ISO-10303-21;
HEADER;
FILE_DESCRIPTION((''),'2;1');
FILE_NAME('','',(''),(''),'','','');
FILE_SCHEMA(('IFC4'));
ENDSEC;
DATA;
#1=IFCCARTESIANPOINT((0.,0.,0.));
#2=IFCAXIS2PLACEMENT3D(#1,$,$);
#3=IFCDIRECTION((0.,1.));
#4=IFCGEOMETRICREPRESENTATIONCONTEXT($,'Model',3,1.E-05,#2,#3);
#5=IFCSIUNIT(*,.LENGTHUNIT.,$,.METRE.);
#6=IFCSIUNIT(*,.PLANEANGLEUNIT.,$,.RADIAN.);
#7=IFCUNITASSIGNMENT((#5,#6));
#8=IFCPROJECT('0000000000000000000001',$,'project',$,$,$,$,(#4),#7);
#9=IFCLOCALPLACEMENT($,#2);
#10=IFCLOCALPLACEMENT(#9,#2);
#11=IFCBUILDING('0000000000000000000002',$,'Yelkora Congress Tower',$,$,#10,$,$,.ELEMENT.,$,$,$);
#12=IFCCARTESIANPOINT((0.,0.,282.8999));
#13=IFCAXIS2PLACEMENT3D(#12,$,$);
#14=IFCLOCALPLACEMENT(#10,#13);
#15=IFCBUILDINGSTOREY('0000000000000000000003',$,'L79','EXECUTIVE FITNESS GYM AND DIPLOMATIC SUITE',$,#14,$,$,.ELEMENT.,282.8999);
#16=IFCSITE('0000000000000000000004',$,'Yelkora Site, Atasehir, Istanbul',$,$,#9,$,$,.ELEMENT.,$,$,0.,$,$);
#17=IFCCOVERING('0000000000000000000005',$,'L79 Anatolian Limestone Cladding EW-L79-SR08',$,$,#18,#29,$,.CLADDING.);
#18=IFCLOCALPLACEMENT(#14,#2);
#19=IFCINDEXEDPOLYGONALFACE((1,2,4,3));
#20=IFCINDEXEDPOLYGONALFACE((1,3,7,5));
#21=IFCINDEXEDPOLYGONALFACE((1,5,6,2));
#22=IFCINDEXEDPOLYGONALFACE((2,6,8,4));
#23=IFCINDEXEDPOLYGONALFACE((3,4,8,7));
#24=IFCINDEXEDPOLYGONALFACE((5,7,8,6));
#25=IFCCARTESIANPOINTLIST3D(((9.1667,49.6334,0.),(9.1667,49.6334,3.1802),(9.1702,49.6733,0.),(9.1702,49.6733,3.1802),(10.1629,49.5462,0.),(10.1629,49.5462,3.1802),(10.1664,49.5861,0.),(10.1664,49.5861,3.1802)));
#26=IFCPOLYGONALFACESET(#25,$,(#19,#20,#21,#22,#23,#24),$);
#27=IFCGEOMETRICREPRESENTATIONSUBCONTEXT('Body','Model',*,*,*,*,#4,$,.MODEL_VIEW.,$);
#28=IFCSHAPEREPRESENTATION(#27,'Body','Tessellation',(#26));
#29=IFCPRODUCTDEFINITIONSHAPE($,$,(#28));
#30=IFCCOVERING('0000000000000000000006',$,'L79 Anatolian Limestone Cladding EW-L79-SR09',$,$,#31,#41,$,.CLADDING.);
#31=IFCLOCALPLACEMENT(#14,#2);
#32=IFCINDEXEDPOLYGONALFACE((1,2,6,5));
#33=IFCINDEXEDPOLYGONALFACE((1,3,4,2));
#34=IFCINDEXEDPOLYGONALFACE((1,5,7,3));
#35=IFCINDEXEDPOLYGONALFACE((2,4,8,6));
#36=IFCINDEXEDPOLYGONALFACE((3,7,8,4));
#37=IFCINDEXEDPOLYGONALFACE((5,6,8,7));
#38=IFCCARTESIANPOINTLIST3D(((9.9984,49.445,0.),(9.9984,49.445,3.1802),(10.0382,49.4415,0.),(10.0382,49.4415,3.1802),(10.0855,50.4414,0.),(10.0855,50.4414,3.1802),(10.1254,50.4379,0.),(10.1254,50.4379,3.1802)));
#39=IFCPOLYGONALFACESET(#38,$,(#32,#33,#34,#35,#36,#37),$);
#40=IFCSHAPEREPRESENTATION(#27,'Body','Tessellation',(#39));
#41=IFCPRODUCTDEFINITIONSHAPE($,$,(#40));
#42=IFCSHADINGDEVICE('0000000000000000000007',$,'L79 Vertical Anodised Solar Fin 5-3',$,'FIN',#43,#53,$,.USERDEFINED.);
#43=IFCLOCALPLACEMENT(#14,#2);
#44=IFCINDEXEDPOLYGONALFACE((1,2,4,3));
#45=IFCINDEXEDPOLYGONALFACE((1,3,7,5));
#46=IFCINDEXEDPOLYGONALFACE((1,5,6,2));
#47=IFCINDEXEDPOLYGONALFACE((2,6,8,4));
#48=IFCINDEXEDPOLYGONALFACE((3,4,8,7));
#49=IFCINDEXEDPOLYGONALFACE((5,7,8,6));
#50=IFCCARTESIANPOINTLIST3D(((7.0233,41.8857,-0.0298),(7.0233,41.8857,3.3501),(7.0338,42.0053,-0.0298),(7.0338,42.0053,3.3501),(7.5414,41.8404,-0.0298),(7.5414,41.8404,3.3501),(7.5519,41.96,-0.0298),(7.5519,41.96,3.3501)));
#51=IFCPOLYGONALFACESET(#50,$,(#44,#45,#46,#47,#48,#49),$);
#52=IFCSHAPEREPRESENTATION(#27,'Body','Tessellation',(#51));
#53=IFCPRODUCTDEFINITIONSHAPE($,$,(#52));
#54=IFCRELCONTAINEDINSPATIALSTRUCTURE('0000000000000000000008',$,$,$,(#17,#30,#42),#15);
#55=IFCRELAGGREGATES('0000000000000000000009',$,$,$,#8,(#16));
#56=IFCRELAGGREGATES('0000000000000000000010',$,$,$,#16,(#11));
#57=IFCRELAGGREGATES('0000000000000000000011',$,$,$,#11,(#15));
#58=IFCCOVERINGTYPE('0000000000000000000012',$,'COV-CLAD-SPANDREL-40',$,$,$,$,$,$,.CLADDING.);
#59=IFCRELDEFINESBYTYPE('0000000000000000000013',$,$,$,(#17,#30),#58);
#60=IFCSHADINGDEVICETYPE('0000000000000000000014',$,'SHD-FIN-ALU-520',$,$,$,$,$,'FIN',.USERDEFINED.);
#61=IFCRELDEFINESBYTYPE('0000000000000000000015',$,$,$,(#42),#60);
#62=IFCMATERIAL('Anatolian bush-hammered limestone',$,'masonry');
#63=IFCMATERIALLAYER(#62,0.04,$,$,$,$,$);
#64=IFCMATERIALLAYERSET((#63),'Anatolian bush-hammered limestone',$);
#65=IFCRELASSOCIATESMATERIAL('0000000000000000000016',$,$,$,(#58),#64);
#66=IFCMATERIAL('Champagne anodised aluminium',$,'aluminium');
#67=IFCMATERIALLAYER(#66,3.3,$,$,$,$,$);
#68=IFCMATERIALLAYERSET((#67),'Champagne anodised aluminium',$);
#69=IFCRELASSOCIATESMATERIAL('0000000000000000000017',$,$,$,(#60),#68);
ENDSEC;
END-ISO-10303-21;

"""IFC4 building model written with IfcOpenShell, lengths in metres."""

from ifc_helpers import new_model, si_unit, direction, frame, frame_2d, origin, origin_2d, place, context, subcontext, project, spatial, rectangle, extrude, material, layer, layer_set, type_object, element, save


model = new_model("IFC4")

# Units and contexts
model_context = context("Model", 3, precision=1e-05, world=origin(), true_north=direction((0.0, 1.0)))
body_context = subcontext(model_context, "Body", "Model", "MODEL_VIEW")
ifc_project = project(units=[si_unit("LENGTHUNIT", "METRE"), si_unit("PLANEANGLEUNIT", "RADIAN")], contexts=[model_context])

# Site, building, storey
site_placement = place(None, origin())
site = spatial("IfcSite", under=ifc_project, at=site_placement, Name="Yelkora Site, Atasehir, Istanbul", CompositionType="ELEMENT", RefElevation=0.0)
building_placement = place(site_placement, origin())
building = spatial("IfcBuilding", under=site, at=building_placement, Name="Yelkora Congress Tower", CompositionType="ELEMENT")
storey_placement = place(building_placement, frame((0.0, 0.0, 282.8999)))
storey = spatial("IfcBuildingStorey", under=building, at=storey_placement, Name="L79", Description="EXECUTIVE FITNESS GYM AND DIPLOMATIC SUITE", CompositionType="ELEMENT", Elevation=282.8999)

# Coverings
ifc_material_1 = material(Name="Anatolian bush-hammered limestone", Category="masonry")
ifc_layer_1 = layer(ifc_material_1, 0.04)
ifc_layer_set_1 = layer_set([ifc_layer_1], Name="Anatolian bush-hammered limestone")
covering_type = type_object("IfcCoveringType", Name="COV-CLAD-SPANDREL-40", PredefinedType="CLADDING", material=ifc_layer_set_1)
covering_1_placement = place(storey_placement, frame((9.1685, 49.6533, 0.0), z_axis=(0.0, 0.0, 1.0), x_axis=(0.996194, -0.087167, 0.0)))
element("IfcCovering", 1, at=covering_1_placement, inside=storey, type_object=covering_type, Name="L79 Anatolian Limestone Cladding EW-L79-SR08", PredefinedType="CLADDING", context=body_context, shape_type="SweptSolid", body=[
    extrude(rectangle(XDim=1.0, YDim=0.04, at=frame_2d((0.5, 0.0))), origin(), (0.0, 0.0, 1.0), 3.1802),
])
covering_2_placement = place(storey_placement, frame((10.0183, 49.4434, 0.0), z_axis=(0.0, 0.0, 1.0), x_axis=(0.087146, 0.996196, 0.0)))
element("IfcCovering", 2, at=covering_2_placement, inside=storey, type_object=covering_type, Name="L79 Anatolian Limestone Cladding EW-L79-SR09", PredefinedType="CLADDING", context=body_context, shape_type="SweptSolid", body=[
    extrude(rectangle(XDim=1.0002, YDim=0.04, at=frame_2d((0.5, 0.0))), origin(), (0.0, 0.0, 1.0), 3.1802),
])

# Shading device
ifc_material_2 = material(Name="Champagne anodised aluminium", Category="aluminium")
ifc_layer_2 = layer(ifc_material_2, 3.3)
ifc_layer_set_2 = layer_set([ifc_layer_2], Name="Champagne anodised aluminium")
shading_device_type = type_object("IfcShadingDeviceType", Name="SHD-FIN-ALU-520", ElementType="FIN", PredefinedType="USERDEFINED", material=ifc_layer_set_2)
shading_device_placement = place(storey_placement, frame((7.2876, 41.9229, -0.0298), z_axis=(0.0, 0.0, 1.0), x_axis=(0.087156, 0.996195, 0.0)))
element("IfcShadingDevice", 3, at=shading_device_placement, inside=storey, type_object=shading_device_type, Name="L79 Vertical Anodised Solar Fin 5-3", ObjectType="FIN", PredefinedType="USERDEFINED", context=body_context, shape_type="SweptSolid", body=[
    extrude(rectangle(XDim=0.1201, YDim=0.52, at=origin_2d()), origin(), (0.0, 0.0, 1.0), 3.3799),
])

save(model, "model.ifc")
